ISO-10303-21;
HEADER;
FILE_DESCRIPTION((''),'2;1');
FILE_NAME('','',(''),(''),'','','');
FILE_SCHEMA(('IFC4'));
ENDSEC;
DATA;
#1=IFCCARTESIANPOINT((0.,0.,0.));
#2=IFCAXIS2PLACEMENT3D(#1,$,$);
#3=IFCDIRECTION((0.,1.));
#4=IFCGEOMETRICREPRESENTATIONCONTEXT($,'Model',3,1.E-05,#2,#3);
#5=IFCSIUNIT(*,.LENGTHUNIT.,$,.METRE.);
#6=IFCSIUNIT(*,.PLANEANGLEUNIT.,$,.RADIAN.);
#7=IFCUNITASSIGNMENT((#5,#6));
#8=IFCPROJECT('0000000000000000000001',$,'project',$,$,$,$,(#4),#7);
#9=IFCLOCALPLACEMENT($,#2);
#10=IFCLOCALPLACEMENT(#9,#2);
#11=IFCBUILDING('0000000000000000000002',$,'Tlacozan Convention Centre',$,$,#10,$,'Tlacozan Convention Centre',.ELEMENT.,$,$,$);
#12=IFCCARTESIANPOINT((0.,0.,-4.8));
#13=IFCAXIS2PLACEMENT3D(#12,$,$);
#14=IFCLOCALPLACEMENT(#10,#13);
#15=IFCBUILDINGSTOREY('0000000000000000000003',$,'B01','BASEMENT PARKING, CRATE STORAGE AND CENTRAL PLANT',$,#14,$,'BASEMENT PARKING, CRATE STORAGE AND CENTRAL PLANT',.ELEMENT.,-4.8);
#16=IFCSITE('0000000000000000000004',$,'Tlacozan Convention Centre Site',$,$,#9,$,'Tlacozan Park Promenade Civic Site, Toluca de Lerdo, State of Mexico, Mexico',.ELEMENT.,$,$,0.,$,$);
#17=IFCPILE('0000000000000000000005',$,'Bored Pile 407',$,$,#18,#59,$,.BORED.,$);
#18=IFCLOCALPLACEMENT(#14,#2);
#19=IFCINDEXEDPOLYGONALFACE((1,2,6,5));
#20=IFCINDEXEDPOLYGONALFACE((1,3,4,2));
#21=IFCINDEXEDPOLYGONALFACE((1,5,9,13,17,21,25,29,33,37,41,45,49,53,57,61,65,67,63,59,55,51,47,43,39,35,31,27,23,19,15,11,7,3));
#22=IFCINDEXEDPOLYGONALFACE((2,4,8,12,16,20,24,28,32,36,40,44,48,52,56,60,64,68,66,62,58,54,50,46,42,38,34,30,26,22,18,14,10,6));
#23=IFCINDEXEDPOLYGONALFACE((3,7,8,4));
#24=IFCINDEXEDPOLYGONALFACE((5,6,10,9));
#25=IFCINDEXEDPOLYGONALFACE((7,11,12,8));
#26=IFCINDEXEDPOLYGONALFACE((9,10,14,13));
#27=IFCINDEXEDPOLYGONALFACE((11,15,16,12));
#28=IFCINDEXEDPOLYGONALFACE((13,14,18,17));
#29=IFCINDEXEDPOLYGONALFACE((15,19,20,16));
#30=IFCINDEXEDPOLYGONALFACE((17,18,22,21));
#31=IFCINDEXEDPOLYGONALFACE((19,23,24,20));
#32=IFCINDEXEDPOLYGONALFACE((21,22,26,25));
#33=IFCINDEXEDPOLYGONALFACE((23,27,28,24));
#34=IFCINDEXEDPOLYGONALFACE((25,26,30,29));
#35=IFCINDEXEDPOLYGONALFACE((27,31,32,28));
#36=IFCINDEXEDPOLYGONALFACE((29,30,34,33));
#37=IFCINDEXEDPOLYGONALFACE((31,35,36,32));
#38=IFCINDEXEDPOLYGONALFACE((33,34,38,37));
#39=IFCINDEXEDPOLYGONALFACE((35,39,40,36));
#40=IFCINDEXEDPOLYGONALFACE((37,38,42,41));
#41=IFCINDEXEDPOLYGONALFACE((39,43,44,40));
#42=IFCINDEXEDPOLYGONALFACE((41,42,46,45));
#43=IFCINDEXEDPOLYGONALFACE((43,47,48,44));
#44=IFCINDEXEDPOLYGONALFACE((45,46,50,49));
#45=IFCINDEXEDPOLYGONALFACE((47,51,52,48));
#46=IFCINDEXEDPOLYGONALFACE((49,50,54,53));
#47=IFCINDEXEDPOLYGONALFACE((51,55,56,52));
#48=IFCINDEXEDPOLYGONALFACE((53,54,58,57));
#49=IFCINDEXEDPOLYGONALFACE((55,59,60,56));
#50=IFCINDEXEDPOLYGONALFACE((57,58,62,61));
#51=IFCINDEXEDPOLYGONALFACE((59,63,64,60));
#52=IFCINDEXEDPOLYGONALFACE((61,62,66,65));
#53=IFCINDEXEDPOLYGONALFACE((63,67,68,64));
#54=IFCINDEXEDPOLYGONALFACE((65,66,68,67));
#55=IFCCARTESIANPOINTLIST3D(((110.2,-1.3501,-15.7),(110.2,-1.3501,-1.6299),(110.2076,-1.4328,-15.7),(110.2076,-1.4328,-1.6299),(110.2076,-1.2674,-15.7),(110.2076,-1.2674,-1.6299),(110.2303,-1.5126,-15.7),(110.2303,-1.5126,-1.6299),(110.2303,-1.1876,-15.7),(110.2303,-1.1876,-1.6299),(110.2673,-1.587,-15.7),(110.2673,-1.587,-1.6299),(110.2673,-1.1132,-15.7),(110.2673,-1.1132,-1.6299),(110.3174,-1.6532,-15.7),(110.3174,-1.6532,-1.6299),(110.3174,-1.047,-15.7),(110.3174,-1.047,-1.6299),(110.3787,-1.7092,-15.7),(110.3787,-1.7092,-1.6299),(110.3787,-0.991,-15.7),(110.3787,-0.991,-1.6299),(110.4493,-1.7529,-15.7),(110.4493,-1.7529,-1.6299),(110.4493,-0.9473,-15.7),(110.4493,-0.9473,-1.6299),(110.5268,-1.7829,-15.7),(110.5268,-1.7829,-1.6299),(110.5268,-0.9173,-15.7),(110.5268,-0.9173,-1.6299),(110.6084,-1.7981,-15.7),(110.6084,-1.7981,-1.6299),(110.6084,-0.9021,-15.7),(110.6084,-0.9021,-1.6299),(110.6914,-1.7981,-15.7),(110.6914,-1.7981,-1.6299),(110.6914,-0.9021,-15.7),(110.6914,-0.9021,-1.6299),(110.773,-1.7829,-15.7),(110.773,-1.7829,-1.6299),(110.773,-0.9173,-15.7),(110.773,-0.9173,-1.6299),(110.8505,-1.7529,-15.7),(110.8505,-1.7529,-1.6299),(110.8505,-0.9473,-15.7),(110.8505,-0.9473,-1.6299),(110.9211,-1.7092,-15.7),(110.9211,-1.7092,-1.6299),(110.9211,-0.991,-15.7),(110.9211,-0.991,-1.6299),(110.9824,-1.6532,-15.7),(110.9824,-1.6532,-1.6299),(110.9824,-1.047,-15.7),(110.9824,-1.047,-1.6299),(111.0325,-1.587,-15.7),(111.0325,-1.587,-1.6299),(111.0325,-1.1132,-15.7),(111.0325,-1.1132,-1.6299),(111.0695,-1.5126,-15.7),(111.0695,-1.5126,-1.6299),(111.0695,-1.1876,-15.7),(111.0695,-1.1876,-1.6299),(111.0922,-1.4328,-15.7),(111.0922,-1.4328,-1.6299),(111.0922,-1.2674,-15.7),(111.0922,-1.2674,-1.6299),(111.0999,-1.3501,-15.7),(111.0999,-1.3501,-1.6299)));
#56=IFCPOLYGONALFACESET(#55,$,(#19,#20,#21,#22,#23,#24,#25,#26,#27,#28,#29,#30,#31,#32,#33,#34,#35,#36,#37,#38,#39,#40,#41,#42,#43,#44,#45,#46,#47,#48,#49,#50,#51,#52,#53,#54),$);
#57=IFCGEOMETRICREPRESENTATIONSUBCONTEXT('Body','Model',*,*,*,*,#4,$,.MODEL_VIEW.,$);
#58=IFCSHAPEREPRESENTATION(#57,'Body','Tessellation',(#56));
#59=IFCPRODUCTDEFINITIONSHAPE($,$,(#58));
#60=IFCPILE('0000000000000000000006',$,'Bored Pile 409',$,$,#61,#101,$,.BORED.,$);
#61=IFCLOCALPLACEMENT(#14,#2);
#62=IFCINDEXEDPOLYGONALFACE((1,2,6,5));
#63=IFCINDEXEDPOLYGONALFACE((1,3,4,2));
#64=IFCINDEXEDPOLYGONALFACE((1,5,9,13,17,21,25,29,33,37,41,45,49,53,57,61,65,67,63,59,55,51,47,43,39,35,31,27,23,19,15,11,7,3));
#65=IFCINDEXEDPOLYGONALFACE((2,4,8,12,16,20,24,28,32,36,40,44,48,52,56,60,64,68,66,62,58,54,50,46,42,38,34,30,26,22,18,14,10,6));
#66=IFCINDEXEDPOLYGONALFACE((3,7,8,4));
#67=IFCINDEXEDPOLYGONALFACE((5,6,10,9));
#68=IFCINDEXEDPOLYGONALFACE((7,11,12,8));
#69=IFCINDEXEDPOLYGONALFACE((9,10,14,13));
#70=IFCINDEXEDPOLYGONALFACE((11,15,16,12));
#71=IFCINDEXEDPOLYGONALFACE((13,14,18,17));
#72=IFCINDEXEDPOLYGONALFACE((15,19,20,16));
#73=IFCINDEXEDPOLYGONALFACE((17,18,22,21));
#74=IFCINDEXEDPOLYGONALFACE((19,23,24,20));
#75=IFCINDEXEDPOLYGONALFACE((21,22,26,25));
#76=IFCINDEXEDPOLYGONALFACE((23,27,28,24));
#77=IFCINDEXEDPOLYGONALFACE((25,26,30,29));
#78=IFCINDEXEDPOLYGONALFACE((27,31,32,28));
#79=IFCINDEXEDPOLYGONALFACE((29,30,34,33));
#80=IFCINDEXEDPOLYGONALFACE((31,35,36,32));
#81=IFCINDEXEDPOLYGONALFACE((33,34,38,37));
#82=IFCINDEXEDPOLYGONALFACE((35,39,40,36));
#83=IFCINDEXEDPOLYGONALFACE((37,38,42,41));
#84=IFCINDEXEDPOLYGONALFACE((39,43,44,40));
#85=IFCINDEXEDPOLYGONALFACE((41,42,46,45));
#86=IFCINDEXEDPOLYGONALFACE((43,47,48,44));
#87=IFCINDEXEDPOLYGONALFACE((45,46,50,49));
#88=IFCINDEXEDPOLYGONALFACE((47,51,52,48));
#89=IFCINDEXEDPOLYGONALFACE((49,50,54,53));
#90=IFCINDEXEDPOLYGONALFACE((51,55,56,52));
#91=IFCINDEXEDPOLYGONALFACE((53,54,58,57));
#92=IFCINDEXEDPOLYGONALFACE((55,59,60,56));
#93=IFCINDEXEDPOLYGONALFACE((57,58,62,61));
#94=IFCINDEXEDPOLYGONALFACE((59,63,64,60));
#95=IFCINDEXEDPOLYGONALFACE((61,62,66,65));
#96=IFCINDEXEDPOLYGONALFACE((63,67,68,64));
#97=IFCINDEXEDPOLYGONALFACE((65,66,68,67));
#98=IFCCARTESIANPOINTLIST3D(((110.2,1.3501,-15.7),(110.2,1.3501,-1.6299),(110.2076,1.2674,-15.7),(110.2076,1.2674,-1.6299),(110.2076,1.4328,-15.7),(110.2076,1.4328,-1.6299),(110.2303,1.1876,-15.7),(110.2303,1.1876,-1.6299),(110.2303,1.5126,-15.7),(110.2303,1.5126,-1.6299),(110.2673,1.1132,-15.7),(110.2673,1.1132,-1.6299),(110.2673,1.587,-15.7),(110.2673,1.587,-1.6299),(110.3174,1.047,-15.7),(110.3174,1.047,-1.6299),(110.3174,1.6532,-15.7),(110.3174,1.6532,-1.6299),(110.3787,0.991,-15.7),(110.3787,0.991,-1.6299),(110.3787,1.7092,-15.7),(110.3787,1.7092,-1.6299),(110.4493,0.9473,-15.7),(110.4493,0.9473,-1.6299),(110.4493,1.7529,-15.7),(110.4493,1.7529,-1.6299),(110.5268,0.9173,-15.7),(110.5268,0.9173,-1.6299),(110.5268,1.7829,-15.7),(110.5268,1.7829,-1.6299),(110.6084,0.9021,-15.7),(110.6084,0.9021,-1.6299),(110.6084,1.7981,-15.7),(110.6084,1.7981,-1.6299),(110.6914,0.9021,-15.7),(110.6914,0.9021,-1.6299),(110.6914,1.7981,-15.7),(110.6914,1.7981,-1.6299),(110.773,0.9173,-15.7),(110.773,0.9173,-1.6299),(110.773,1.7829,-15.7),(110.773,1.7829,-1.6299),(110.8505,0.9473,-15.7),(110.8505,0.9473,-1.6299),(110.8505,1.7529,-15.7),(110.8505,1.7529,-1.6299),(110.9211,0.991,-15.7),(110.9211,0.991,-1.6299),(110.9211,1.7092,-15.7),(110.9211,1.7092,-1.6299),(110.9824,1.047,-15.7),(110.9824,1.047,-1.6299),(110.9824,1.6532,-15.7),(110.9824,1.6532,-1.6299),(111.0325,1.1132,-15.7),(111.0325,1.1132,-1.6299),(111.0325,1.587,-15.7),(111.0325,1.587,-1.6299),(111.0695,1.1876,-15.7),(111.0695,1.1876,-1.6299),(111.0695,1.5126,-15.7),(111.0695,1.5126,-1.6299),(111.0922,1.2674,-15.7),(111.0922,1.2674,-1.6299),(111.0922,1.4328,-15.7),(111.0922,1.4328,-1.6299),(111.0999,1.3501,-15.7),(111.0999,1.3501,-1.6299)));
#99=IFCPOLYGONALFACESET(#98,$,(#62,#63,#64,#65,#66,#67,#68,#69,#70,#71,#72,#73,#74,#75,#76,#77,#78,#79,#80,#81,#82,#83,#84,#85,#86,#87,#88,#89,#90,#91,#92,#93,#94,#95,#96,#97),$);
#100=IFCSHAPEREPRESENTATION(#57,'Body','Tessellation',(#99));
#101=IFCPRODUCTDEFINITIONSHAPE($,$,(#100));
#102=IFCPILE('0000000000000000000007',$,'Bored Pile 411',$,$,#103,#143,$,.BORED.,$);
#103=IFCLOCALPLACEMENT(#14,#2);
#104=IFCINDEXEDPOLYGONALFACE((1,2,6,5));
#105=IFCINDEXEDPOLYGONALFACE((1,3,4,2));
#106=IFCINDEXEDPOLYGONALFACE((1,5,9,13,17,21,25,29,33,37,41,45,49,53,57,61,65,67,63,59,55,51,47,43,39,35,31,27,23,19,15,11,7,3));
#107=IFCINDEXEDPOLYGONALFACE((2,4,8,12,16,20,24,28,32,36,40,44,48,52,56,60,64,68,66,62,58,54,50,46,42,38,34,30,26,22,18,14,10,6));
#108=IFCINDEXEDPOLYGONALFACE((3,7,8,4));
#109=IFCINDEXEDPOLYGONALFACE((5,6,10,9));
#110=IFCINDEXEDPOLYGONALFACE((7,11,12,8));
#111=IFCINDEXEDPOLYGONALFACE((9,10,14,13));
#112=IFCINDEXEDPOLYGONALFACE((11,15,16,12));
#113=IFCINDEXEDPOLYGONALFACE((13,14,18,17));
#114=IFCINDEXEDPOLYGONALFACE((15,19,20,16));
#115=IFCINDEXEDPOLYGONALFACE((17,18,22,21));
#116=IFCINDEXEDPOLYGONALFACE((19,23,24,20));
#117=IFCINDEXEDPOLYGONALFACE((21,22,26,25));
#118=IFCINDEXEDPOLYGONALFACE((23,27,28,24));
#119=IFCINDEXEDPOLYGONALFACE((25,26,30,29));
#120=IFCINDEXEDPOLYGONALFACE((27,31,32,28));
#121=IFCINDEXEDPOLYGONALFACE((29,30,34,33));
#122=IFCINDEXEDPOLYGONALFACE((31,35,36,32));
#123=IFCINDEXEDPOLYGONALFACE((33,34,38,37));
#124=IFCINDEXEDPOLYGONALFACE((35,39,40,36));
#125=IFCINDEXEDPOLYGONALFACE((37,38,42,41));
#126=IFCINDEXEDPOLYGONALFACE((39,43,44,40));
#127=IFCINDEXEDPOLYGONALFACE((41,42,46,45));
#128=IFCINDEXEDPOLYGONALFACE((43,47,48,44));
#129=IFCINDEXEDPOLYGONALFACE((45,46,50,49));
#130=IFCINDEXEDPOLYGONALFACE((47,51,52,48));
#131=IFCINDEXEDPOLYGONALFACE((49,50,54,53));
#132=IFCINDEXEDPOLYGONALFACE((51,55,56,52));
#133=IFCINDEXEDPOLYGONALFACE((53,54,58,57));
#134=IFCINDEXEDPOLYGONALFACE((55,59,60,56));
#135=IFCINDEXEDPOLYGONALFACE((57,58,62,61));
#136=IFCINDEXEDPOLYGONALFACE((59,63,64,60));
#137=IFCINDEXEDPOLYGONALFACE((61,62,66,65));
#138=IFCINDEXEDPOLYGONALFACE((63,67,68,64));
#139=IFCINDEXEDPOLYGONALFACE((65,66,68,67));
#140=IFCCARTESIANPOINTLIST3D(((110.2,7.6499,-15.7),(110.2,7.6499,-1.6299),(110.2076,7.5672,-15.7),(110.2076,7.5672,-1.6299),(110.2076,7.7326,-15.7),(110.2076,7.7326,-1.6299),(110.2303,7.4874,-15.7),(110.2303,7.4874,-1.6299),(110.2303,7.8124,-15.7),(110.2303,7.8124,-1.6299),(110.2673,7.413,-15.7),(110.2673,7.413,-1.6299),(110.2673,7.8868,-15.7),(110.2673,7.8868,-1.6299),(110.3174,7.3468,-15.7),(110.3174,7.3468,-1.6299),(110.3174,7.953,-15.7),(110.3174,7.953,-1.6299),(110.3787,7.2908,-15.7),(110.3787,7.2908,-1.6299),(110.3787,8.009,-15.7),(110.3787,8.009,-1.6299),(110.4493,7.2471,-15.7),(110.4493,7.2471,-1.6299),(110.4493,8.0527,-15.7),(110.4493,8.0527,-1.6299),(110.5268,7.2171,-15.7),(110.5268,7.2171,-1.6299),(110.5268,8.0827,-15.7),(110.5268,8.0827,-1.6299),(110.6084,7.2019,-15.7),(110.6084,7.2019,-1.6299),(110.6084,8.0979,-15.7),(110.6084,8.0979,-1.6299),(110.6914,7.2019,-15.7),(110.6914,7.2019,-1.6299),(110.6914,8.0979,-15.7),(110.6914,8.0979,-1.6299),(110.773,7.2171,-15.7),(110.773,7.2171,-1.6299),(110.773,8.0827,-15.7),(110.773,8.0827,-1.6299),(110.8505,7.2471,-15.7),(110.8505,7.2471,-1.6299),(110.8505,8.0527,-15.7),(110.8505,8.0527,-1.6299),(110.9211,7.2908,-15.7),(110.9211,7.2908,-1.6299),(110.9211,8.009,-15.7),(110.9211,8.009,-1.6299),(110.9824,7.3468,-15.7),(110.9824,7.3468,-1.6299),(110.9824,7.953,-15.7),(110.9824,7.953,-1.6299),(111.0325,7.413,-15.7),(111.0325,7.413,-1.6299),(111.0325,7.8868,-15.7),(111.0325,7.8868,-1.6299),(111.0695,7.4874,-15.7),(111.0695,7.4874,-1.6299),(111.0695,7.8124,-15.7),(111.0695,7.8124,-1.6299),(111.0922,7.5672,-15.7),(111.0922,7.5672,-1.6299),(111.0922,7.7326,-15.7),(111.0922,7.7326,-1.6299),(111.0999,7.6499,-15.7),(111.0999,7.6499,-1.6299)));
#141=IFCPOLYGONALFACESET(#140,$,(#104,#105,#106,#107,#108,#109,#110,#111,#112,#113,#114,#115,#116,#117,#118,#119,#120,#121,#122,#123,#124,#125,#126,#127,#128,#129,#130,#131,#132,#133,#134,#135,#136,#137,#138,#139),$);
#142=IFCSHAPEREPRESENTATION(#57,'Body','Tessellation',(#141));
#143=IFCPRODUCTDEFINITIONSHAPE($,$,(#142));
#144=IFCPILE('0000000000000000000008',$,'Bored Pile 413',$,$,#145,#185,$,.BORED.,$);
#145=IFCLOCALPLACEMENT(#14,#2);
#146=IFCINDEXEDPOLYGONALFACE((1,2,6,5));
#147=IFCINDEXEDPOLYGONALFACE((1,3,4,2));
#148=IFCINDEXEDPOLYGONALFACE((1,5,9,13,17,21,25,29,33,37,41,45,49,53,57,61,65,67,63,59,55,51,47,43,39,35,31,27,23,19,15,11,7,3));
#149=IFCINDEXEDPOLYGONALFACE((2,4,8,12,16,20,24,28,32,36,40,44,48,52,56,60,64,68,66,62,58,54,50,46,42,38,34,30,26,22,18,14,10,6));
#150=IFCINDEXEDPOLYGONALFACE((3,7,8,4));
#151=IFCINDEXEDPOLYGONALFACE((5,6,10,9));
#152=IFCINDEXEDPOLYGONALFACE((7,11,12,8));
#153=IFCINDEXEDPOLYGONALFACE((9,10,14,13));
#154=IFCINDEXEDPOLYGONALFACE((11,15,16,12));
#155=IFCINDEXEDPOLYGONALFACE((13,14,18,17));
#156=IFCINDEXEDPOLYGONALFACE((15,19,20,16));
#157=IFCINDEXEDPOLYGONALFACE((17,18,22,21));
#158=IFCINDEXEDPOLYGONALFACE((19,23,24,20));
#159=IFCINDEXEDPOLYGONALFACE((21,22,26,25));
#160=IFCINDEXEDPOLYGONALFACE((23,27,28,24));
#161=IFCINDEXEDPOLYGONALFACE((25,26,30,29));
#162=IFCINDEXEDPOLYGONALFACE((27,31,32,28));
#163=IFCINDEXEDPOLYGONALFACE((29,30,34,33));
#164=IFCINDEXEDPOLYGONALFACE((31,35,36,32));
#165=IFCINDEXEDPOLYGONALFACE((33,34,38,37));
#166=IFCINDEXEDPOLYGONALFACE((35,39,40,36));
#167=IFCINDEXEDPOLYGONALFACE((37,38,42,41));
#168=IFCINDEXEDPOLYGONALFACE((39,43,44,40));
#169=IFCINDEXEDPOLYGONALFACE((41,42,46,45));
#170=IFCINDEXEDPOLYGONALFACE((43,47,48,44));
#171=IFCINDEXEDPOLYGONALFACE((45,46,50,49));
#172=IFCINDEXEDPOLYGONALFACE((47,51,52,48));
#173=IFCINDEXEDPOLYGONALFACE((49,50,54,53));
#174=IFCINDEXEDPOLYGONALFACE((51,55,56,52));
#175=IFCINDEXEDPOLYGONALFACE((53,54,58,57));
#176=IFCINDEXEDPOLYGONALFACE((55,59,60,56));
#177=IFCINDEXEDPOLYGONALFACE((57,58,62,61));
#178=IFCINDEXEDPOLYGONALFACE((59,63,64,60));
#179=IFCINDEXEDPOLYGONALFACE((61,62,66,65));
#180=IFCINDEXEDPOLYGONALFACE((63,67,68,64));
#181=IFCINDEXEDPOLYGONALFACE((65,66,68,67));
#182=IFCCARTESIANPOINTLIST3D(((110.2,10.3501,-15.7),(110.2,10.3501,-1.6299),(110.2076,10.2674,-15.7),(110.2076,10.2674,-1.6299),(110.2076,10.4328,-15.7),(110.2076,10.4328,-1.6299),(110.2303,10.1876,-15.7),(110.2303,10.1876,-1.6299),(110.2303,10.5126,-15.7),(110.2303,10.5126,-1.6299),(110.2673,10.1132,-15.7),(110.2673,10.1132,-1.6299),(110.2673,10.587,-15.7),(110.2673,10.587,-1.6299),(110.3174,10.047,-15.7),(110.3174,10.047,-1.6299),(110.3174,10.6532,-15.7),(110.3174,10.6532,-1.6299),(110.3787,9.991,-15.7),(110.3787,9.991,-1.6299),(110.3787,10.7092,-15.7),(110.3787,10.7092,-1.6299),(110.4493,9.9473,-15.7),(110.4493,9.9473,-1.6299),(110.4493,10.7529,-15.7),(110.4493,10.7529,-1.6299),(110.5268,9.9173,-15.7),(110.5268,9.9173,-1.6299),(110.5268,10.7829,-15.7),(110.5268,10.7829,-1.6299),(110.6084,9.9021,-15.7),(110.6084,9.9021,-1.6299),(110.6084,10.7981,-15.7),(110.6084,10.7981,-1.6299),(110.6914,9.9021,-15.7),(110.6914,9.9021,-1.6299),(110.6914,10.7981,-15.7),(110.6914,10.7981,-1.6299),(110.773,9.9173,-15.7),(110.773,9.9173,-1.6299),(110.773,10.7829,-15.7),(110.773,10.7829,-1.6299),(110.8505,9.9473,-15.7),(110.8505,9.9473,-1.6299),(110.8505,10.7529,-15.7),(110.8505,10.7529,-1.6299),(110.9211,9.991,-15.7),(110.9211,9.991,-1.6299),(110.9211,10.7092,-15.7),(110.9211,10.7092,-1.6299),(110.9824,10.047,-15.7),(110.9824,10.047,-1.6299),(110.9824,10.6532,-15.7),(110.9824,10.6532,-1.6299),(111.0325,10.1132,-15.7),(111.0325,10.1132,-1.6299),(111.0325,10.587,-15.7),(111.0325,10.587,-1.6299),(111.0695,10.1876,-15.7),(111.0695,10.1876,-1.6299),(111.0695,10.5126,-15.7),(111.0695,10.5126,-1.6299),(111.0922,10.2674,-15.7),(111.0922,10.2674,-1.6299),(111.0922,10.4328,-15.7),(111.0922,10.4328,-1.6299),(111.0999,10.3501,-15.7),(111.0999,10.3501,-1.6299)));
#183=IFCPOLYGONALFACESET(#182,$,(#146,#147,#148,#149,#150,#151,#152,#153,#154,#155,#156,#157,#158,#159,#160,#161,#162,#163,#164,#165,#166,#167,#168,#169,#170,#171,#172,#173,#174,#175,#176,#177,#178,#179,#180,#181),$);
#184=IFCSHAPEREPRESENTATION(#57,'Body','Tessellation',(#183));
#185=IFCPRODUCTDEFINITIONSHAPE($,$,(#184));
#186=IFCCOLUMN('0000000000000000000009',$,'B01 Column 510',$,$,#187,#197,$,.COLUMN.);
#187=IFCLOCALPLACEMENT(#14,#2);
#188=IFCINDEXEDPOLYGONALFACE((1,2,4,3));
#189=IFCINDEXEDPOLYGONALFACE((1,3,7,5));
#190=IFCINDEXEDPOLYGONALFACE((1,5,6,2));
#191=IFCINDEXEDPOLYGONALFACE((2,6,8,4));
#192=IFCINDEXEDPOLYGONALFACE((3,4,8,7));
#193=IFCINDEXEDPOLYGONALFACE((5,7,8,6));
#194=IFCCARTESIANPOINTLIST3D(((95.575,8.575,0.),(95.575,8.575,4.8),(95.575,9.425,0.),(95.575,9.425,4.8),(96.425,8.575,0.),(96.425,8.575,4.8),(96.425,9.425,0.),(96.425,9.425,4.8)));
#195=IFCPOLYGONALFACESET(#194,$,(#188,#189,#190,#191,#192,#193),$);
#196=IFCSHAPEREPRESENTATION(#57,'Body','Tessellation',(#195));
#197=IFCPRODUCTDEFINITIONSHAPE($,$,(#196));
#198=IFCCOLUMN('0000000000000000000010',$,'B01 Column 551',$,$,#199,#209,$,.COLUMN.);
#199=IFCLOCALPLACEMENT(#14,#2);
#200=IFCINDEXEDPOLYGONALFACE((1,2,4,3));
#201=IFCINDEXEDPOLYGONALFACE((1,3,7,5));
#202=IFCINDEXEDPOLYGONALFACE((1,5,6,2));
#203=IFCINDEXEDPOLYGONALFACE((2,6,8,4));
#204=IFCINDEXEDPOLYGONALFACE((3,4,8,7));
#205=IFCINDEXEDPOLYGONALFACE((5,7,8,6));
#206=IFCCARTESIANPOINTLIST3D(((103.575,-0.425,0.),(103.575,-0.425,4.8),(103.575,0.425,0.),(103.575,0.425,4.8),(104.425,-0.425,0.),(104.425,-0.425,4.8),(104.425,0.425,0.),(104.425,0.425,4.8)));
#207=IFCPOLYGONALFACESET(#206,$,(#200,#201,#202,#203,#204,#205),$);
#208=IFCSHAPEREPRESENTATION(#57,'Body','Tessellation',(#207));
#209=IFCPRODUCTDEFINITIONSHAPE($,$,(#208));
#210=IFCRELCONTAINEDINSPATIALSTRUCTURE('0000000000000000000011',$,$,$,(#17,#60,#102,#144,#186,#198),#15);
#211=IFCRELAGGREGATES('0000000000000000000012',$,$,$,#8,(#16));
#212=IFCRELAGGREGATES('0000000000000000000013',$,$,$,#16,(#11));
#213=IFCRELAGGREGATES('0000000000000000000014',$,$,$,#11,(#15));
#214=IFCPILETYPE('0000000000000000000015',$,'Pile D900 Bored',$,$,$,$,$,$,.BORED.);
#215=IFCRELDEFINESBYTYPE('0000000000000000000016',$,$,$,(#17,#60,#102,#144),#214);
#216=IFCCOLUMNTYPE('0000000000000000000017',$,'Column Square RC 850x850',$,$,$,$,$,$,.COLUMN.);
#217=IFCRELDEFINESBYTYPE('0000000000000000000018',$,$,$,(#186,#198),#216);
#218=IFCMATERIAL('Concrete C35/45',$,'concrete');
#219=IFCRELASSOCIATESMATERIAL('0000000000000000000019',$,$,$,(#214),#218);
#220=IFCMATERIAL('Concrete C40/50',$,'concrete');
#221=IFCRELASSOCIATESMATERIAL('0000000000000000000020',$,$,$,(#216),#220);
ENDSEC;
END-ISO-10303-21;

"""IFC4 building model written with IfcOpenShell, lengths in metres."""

from ifc_helpers import new_model, si_unit, direction, frame, origin, origin_2d, place, context, subcontext, project, spatial, rectangle, circle, extrude, material, material_profile, profile_set, type_object, element, save


model = new_model("IFC4")

# Units and contexts
model_context = context("Model", 3, precision=1e-05, world=origin(), true_north=direction((0.0, 1.0)))
body_context = subcontext(model_context, "Body", "Model", "MODEL_VIEW")
ifc_project = project(units=[si_unit("LENGTHUNIT", "METRE"), si_unit("PLANEANGLEUNIT", "RADIAN")], contexts=[model_context])

# Site, building, storey
site_placement = place(None, origin())
site = spatial("IfcSite", under=ifc_project, at=site_placement, Name="Tlacozan Convention Centre Site", LongName="Tlacozan Park Promenade Civic Site, Toluca de Lerdo, State of Mexico, Mexico", CompositionType="ELEMENT", RefElevation=0.0)
building_placement = place(site_placement, origin())
building = spatial("IfcBuilding", under=site, at=building_placement, Name="Tlacozan Convention Centre", LongName="Tlacozan Convention Centre", CompositionType="ELEMENT")
storey_placement = place(building_placement, frame((0.0, 0.0, -4.8)))
storey = spatial("IfcBuildingStorey", under=building, at=storey_placement, Name="B01", Description="BASEMENT PARKING, CRATE STORAGE AND CENTRAL PLANT", LongName="BASEMENT PARKING, CRATE STORAGE AND CENTRAL PLANT", CompositionType="ELEMENT", Elevation=-4.8)

# Shared definitions
ifc_material_1 = material(Name="Concrete C35/45", Category="concrete")

# Piles
ifc_material_profile_1 = material_profile(ifc_material_1, circle(Radius=0.45, at=origin_2d()), Name="PILE D900")
ifc_profile_set_1 = profile_set([ifc_material_profile_1], Name="Concrete C35/45")
pile_type_1 = type_object("IfcPileType", Name="Pile D900 Bored", PredefinedType="BORED", material=ifc_profile_set_1)
for number, where, z_axis, x_axis, name in (
    (1, (110.6499, -1.3501, -1.6299), (0.0, 0.0, -1.0), (1.0, 0.0, 0.0), "Bored Pile 407"),
    (2, (110.6499, 1.3501, -1.6299), (0.0, 0.0, -1.0), (1.0, 0.0, 0.0), "Bored Pile 409"),
    (3, (110.6499, 7.6499, -1.6299), (0.0, 0.0, -1.0), (1.0, 0.0, 0.0), "Bored Pile 411"),
    (4, (110.6499, 10.3501, -1.6299), (0.0, 0.0, -1.0), (1.0, 0.0, 0.0), "Bored Pile 413"),
):
    element("IfcPile", number, at=place(storey_placement, frame(where, z_axis=z_axis, x_axis=x_axis)), inside=storey, type_object=pile_type_1, Name=name, PredefinedType="BORED", context=body_context, shape_type="SweptSolid", body=[
        extrude(circle(Radius=0.45, at=origin_2d()), origin(), (0.0, 0.0, 1.0), 14.0701),
    ])

# Columns
ifc_material_2 = material(Name="Concrete C40/50", Category="concrete")
ifc_material_profile_2 = material_profile(ifc_material_2, rectangle(XDim=0.8501, YDim=0.8501, at=origin_2d()), Name="RC 850x850")
ifc_profile_set_2 = profile_set([ifc_material_profile_2], Name="Concrete C40/50")
column_type = type_object("IfcColumnType", Name="Column Square RC 850x850", PredefinedType="COLUMN", material=ifc_profile_set_2)
for number, where, z_axis, x_axis, name in (
    (5, (96.0, 9.0, 0.0), (0.0, 0.0, 1.0), (1.0, 0.0, 0.0), "B01 Column 510"),
    (6, (104.0, 0.0, 0.0), (0.0, 0.0, 1.0), (1.0, 0.0, 0.0), "B01 Column 551"),
):
    element("IfcColumn", number, at=place(storey_placement, frame(where, z_axis=z_axis, x_axis=x_axis)), inside=storey, type_object=column_type, Name=name, PredefinedType="COLUMN", context=body_context, shape_type="SweptSolid", body=[
        extrude(rectangle(XDim=0.8501, YDim=0.8501, at=origin_2d()), origin(), (0.0, 0.0, 1.0), 4.8),
    ])

save(model, "model.ifc")
